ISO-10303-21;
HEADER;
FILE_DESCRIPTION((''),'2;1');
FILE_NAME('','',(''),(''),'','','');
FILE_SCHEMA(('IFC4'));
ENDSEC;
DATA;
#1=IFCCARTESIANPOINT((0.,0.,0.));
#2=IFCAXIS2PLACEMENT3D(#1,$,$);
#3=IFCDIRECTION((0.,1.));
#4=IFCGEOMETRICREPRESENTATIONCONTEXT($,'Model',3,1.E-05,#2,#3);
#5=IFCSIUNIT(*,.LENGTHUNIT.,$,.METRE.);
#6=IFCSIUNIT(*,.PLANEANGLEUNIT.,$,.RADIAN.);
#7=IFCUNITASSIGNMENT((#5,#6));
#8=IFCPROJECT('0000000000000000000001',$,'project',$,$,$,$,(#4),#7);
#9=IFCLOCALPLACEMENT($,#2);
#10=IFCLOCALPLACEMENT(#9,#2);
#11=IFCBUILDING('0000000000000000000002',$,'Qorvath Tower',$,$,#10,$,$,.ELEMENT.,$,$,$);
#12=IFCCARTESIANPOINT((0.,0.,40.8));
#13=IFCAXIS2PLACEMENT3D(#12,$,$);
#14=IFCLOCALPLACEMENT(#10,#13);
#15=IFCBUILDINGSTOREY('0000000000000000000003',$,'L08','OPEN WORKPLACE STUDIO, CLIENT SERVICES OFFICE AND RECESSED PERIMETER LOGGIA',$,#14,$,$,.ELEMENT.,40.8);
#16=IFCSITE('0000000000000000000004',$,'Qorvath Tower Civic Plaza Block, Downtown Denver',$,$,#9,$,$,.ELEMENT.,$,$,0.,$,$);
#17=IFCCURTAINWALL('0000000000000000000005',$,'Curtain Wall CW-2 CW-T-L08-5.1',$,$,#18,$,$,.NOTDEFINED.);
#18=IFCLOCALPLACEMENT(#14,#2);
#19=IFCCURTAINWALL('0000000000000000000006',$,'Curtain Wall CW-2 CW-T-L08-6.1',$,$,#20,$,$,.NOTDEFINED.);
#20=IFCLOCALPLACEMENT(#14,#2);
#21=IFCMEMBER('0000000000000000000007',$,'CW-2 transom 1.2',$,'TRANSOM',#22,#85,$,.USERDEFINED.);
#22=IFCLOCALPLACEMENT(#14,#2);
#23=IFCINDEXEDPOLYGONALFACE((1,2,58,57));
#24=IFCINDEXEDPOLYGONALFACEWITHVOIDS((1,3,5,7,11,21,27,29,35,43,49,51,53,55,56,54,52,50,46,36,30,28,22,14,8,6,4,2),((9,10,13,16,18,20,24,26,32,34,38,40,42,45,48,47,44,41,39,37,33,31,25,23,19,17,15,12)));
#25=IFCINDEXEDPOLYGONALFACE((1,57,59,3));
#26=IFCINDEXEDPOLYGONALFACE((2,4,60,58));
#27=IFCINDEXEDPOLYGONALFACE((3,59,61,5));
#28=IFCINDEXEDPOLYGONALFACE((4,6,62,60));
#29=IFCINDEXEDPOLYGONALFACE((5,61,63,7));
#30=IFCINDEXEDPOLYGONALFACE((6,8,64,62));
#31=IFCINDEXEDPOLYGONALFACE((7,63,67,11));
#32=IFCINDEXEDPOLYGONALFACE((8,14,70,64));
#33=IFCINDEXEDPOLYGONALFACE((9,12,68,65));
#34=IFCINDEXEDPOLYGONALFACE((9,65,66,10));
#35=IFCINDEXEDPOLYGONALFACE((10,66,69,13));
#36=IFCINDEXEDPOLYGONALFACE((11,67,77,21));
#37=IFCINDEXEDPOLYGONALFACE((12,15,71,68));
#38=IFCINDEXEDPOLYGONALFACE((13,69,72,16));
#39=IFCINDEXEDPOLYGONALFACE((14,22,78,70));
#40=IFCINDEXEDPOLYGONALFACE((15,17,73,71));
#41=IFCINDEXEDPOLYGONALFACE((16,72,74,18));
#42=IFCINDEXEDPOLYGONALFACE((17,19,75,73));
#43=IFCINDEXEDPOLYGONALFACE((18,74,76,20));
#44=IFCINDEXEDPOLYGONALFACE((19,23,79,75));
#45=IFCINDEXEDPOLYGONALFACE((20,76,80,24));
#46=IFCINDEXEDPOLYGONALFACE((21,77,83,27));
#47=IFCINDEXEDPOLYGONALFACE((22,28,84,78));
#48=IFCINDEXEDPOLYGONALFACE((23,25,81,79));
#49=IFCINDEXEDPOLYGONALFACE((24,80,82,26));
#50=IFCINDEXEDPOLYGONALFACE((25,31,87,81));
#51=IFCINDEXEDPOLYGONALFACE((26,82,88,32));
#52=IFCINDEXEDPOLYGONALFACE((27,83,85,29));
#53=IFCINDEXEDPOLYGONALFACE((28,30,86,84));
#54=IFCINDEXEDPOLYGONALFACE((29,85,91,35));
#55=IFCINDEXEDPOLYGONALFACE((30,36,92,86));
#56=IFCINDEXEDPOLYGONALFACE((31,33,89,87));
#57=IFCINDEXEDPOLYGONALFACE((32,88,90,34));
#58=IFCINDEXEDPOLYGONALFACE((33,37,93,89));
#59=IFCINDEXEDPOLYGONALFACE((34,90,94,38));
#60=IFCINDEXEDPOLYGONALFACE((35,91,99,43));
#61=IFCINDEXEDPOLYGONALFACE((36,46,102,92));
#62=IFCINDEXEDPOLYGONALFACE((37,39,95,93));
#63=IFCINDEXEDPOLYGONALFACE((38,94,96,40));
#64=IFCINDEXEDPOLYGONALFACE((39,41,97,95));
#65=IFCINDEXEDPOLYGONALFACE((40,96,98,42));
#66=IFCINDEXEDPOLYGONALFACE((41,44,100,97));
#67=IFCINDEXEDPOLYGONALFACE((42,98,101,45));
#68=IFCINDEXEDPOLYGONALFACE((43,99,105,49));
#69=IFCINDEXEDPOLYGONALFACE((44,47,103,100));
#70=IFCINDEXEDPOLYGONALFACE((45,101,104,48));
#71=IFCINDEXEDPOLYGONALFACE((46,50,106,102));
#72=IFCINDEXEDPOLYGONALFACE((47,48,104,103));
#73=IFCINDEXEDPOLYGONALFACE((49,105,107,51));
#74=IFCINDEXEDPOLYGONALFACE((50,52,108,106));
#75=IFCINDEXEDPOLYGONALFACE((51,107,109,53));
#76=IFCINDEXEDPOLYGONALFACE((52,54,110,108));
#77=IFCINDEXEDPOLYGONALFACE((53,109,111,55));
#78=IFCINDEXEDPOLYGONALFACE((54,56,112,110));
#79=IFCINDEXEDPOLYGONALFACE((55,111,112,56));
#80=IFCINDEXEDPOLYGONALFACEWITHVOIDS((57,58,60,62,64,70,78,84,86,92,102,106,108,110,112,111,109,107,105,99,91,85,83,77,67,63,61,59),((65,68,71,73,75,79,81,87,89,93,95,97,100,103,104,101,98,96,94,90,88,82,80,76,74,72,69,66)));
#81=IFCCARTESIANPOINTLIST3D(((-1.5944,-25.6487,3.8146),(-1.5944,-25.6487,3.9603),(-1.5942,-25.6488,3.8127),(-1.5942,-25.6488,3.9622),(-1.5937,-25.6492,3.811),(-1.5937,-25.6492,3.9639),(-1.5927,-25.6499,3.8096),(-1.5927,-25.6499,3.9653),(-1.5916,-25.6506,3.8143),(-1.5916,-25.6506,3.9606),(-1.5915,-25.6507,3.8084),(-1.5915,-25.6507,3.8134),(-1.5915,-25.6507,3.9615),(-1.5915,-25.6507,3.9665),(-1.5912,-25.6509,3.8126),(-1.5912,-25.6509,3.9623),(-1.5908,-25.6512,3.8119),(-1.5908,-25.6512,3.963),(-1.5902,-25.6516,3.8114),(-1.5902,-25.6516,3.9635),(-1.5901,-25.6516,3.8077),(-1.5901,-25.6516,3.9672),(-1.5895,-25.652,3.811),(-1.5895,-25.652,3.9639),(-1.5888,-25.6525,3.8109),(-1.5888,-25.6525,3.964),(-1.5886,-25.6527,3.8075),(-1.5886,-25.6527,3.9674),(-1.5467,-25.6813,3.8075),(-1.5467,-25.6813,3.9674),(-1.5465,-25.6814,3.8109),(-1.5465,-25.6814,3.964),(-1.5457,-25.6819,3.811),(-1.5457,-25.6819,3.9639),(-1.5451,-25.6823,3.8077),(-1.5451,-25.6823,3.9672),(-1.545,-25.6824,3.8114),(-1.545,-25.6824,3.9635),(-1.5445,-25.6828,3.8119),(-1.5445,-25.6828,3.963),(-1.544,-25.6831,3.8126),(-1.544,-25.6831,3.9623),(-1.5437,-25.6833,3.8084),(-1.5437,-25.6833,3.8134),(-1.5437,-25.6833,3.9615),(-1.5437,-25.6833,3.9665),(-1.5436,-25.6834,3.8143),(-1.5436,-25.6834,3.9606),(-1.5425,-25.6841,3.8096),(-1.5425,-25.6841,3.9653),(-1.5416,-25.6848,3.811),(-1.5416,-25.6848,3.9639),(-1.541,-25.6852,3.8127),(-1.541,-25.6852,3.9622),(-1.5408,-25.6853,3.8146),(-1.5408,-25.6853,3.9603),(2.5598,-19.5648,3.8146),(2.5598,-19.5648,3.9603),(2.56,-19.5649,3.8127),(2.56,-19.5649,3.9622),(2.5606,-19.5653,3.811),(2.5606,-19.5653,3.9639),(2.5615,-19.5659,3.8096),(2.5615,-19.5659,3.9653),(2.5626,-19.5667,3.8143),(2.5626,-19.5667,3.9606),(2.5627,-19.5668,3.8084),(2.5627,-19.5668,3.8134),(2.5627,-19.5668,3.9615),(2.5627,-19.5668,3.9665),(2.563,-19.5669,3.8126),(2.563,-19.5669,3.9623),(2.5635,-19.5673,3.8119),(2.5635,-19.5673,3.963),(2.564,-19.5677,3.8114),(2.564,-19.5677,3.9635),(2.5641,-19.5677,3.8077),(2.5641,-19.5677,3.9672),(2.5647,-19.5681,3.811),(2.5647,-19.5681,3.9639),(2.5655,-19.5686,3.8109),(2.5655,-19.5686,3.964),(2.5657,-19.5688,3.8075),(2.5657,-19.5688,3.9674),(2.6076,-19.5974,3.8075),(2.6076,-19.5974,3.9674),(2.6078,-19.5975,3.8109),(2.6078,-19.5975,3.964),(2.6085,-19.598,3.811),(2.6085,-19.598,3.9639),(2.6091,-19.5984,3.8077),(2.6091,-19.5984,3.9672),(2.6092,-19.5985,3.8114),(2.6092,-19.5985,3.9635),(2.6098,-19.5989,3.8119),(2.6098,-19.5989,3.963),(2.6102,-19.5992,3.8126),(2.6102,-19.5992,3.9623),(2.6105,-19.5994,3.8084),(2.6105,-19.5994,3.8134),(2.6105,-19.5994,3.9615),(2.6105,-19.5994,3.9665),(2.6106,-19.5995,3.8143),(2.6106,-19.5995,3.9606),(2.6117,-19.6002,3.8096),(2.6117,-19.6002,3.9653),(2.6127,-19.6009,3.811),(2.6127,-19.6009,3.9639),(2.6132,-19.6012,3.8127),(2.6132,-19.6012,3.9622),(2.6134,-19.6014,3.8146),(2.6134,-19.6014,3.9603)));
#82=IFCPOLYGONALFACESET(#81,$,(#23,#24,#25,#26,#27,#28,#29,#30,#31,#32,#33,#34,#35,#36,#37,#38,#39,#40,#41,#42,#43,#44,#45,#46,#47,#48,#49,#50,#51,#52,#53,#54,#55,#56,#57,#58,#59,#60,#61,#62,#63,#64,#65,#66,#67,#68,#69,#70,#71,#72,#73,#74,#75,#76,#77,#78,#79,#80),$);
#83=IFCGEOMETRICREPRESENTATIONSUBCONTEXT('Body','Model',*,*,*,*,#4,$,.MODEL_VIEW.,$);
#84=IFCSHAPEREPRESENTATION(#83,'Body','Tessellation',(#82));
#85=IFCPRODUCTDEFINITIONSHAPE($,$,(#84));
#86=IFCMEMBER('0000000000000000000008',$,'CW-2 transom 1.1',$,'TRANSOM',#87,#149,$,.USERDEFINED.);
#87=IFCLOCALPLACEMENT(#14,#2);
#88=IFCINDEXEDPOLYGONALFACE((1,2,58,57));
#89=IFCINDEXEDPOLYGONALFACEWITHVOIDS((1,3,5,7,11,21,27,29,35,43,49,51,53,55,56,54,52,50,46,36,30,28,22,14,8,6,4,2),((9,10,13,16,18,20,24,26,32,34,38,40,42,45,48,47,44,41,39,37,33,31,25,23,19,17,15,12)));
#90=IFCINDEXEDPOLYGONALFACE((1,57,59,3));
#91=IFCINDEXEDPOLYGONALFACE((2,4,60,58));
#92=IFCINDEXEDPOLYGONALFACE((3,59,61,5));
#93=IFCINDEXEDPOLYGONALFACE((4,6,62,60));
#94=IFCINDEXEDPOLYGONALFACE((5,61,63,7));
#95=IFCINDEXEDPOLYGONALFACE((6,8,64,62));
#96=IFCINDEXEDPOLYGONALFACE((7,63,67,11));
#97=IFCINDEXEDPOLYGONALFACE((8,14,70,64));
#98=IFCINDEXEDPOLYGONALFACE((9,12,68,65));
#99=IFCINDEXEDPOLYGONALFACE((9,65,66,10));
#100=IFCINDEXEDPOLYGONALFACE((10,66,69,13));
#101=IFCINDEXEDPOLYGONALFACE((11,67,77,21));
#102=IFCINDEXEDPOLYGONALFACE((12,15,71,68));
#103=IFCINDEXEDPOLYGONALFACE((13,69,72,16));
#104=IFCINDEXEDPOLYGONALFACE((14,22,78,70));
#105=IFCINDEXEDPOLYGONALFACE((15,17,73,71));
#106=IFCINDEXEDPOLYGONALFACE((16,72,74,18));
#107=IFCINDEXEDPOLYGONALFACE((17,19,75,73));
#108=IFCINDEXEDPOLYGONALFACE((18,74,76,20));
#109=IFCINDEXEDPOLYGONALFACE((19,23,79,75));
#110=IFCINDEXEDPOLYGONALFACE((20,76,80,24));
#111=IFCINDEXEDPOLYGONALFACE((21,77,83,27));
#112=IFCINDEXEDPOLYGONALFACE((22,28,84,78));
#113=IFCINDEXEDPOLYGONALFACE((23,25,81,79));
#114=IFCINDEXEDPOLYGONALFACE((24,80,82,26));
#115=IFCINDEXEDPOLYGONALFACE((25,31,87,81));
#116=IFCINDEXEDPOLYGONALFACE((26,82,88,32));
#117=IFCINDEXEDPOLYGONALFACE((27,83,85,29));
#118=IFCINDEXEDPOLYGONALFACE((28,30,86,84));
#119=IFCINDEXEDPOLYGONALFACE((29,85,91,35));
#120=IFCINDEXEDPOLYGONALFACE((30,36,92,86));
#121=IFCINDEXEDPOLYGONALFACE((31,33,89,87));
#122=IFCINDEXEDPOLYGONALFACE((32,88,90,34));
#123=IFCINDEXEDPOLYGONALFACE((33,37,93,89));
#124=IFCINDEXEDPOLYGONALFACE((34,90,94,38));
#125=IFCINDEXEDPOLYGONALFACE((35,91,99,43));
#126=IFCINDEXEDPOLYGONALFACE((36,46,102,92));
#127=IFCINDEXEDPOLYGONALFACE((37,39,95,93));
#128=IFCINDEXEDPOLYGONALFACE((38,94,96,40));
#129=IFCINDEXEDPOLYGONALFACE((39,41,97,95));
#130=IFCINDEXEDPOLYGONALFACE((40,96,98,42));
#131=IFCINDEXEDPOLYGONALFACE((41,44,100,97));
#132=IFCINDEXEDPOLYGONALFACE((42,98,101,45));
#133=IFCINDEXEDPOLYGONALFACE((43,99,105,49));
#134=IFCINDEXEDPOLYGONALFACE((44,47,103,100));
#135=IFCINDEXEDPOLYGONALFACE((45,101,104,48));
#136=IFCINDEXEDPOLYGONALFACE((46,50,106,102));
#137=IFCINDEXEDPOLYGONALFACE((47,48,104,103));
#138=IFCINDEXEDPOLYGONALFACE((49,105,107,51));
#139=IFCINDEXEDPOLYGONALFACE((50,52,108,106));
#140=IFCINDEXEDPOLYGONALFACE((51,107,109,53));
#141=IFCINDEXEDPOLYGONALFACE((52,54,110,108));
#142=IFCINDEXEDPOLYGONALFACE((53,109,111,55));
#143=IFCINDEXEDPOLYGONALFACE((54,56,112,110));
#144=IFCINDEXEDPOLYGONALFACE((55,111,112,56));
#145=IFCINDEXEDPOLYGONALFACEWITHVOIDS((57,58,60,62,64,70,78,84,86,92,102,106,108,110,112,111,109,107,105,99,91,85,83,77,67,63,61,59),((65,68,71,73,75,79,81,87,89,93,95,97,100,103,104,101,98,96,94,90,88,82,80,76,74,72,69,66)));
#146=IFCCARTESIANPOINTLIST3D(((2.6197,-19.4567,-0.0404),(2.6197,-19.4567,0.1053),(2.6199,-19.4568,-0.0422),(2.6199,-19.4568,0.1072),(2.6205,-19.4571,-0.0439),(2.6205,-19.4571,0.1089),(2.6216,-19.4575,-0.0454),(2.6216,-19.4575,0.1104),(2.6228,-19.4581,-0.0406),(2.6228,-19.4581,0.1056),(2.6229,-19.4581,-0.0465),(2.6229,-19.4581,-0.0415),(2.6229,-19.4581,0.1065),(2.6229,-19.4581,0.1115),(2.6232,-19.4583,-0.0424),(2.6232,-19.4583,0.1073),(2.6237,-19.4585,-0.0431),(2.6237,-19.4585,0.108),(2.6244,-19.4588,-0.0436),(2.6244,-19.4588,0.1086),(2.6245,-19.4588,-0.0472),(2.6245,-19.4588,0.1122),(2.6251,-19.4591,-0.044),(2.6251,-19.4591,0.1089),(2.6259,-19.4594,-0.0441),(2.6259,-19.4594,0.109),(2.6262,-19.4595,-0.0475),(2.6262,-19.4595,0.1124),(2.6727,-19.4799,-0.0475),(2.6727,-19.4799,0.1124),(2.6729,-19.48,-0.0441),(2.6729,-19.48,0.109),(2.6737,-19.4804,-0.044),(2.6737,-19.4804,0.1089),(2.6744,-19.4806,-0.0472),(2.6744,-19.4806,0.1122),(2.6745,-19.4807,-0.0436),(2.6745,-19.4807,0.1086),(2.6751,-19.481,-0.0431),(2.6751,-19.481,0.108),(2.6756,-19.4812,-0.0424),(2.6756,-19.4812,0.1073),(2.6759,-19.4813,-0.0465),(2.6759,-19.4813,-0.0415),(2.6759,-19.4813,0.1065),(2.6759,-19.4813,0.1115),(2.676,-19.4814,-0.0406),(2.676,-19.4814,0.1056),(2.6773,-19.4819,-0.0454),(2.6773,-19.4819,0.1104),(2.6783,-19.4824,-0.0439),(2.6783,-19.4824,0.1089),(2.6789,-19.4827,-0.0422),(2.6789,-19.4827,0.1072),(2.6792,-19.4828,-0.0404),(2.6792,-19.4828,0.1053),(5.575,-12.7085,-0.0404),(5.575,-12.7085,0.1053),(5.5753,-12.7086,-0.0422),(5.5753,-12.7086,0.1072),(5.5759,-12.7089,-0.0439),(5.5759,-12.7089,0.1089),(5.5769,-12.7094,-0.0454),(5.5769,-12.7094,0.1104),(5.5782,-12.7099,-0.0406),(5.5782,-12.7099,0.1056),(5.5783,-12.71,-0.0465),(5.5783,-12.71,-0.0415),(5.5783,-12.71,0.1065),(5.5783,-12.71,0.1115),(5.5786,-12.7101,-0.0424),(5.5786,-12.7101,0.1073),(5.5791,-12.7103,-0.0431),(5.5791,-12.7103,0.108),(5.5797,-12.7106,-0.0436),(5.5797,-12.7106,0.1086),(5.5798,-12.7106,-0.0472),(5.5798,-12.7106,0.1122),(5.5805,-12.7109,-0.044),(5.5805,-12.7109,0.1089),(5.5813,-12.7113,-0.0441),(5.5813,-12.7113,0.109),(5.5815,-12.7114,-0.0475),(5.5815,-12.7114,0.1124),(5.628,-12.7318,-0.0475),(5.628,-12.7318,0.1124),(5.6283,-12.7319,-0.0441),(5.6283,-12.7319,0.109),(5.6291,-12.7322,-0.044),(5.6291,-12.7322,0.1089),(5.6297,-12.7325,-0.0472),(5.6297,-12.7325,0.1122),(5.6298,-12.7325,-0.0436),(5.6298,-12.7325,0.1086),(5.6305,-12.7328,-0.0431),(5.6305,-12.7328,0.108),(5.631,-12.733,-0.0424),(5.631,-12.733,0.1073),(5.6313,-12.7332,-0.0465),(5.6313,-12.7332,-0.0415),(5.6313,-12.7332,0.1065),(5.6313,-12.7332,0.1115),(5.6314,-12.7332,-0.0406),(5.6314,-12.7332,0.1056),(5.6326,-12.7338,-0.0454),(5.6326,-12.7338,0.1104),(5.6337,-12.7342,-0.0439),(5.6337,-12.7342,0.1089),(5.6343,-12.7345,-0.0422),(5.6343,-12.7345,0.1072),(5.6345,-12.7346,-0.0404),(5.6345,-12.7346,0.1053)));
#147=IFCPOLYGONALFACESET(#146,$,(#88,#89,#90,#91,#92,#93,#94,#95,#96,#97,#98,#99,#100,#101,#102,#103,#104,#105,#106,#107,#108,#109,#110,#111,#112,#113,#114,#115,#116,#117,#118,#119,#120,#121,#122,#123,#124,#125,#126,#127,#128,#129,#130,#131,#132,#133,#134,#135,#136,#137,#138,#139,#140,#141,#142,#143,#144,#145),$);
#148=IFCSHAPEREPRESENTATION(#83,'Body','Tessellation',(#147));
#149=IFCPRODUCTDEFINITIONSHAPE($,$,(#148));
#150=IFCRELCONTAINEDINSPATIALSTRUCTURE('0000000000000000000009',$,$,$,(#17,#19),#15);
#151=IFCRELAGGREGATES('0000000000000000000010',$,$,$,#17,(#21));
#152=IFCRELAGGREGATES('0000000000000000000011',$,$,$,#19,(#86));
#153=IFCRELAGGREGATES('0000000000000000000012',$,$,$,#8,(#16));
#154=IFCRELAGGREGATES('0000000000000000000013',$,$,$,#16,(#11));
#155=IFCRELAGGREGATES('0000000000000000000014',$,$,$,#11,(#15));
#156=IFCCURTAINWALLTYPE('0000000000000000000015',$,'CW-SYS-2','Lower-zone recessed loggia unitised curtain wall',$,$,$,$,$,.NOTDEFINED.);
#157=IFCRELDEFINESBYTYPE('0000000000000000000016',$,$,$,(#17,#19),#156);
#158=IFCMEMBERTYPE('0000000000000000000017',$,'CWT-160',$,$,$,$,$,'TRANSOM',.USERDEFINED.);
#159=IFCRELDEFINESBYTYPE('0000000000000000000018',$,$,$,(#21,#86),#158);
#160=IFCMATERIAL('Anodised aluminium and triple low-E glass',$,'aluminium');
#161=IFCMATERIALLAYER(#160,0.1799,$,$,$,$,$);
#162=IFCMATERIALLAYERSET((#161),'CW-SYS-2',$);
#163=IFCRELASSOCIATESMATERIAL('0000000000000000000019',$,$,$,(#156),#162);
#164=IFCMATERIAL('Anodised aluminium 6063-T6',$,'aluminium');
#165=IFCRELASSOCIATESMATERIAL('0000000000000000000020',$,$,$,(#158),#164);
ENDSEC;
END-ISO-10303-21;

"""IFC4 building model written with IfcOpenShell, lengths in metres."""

from ifc_helpers import new_model, si_unit, direction, frame, origin, origin_2d, place, context, subcontext, project, spatial, hollow_rectangle, extrude, material, layer, layer_set, material_profile, profile_set, type_object, element, aggregate, save


model = new_model("IFC4")

# Units and contexts
model_context = context("Model", 3, precision=1e-05, world=origin(), true_north=direction((0.0, 1.0)))
body_context = subcontext(model_context, "Body", "Model", "MODEL_VIEW")
ifc_project = project(units=[si_unit("LENGTHUNIT", "METRE"), si_unit("PLANEANGLEUNIT", "RADIAN")], contexts=[model_context])

# Site, building, storey
site_placement = place(None, origin())
site = spatial("IfcSite", under=ifc_project, at=site_placement, Name="Qorvath Tower Civic Plaza Block, Downtown Denver", CompositionType="ELEMENT", RefElevation=0.0)
building_placement = place(site_placement, origin())
building = spatial("IfcBuilding", under=site, at=building_placement, Name="Qorvath Tower", CompositionType="ELEMENT")
storey_placement = place(building_placement, frame((0.0, 0.0, 40.8)))
storey = spatial("IfcBuildingStorey", under=building, at=storey_placement, Name="L08", Description="OPEN WORKPLACE STUDIO, CLIENT SERVICES OFFICE AND RECESSED PERIMETER LOGGIA", CompositionType="ELEMENT", Elevation=40.8)

# Curtain walls
ifc_material_1 = material(Name="Anodised aluminium and triple low-E glass", Category="aluminium")
ifc_layer_1 = layer(ifc_material_1, 0.1799)
ifc_layer_set_1 = layer_set([ifc_layer_1], Name="CW-SYS-2")
curtain_wall_type = type_object("IfcCurtainWallType", Name="CW-SYS-2", Description="Lower-zone recessed loggia unitised curtain wall", PredefinedType="NOTDEFINED", material=ifc_layer_set_1)
curtain_wall_1_placement = place(storey_placement, origin())
curtain_wall_1 = element("IfcCurtainWall", 1, at=curtain_wall_1_placement, inside=storey, type_object=curtain_wall_type, Name="Curtain Wall CW-2 CW-T-L08-5.1", PredefinedType="NOTDEFINED")
curtain_wall_2_placement = place(storey_placement, origin())
curtain_wall_2 = element("IfcCurtainWall", 2, at=curtain_wall_2_placement, inside=storey, type_object=curtain_wall_type, Name="Curtain Wall CW-2 CW-T-L08-6.1", PredefinedType="NOTDEFINED")

# Members
ifc_material_2 = material(Name="Anodised aluminium 6063-T6", Category="aluminium")
ifc_material_profile_1 = material_profile(ifc_material_2, hollow_rectangle(XDim=0.0649, YDim=0.1599, WallThickness=0.0034, InnerFilletRadius=0.0034, OuterFilletRadius=0.0071, at=origin_2d()), Name="CWT 160x65")
ifc_profile_set_1 = profile_set([ifc_material_profile_1], Name="Anodised aluminium 6063-T6")
member_type_1 = type_object("IfcMemberType", Name="CWT-160", ElementType="TRANSOM", PredefinedType="USERDEFINED", material=ifc_profile_set_1)
member_1_placement = place(storey_placement, frame((-1.5676, -25.667, 3.8875), z_axis=(0.563904, 0.82584, 0.0), x_axis=(-0.82584, 0.563904, 0.0)))
member_1 = element("IfcMember", 3, at=member_1_placement, type_object=member_type_1, Name="CW-2 transom 1.2", ObjectType="TRANSOM", PredefinedType="USERDEFINED", context=body_context, shape_type="SweptSolid", body=[
    extrude(hollow_rectangle(XDim=0.0649, YDim=0.1599, WallThickness=0.0034, InnerFilletRadius=0.0034, OuterFilletRadius=0.0071, at=origin_2d()), origin(), (0.0, 0.0, 1.0), 7.3669),
])
member_2_placement = place(storey_placement, frame((2.6494, -19.4697, 0.0325), z_axis=(0.401167, 0.916005, 0.0), x_axis=(-0.916005, 0.401167, 0.0)))
member_2 = element("IfcMember", 4, at=member_2_placement, type_object=member_type_1, Name="CW-2 transom 1.1", ObjectType="TRANSOM", PredefinedType="USERDEFINED", context=body_context, shape_type="SweptSolid", body=[
    extrude(hollow_rectangle(XDim=0.0649, YDim=0.1599, WallThickness=0.0034, InnerFilletRadius=0.0034, OuterFilletRadius=0.0071, at=origin_2d()), origin(), (0.0, 0.0, 1.0), 7.3669),
])

aggregate(curtain_wall_1, [member_1])
aggregate(curtain_wall_2, [member_2])

save(model, "model.ifc")
